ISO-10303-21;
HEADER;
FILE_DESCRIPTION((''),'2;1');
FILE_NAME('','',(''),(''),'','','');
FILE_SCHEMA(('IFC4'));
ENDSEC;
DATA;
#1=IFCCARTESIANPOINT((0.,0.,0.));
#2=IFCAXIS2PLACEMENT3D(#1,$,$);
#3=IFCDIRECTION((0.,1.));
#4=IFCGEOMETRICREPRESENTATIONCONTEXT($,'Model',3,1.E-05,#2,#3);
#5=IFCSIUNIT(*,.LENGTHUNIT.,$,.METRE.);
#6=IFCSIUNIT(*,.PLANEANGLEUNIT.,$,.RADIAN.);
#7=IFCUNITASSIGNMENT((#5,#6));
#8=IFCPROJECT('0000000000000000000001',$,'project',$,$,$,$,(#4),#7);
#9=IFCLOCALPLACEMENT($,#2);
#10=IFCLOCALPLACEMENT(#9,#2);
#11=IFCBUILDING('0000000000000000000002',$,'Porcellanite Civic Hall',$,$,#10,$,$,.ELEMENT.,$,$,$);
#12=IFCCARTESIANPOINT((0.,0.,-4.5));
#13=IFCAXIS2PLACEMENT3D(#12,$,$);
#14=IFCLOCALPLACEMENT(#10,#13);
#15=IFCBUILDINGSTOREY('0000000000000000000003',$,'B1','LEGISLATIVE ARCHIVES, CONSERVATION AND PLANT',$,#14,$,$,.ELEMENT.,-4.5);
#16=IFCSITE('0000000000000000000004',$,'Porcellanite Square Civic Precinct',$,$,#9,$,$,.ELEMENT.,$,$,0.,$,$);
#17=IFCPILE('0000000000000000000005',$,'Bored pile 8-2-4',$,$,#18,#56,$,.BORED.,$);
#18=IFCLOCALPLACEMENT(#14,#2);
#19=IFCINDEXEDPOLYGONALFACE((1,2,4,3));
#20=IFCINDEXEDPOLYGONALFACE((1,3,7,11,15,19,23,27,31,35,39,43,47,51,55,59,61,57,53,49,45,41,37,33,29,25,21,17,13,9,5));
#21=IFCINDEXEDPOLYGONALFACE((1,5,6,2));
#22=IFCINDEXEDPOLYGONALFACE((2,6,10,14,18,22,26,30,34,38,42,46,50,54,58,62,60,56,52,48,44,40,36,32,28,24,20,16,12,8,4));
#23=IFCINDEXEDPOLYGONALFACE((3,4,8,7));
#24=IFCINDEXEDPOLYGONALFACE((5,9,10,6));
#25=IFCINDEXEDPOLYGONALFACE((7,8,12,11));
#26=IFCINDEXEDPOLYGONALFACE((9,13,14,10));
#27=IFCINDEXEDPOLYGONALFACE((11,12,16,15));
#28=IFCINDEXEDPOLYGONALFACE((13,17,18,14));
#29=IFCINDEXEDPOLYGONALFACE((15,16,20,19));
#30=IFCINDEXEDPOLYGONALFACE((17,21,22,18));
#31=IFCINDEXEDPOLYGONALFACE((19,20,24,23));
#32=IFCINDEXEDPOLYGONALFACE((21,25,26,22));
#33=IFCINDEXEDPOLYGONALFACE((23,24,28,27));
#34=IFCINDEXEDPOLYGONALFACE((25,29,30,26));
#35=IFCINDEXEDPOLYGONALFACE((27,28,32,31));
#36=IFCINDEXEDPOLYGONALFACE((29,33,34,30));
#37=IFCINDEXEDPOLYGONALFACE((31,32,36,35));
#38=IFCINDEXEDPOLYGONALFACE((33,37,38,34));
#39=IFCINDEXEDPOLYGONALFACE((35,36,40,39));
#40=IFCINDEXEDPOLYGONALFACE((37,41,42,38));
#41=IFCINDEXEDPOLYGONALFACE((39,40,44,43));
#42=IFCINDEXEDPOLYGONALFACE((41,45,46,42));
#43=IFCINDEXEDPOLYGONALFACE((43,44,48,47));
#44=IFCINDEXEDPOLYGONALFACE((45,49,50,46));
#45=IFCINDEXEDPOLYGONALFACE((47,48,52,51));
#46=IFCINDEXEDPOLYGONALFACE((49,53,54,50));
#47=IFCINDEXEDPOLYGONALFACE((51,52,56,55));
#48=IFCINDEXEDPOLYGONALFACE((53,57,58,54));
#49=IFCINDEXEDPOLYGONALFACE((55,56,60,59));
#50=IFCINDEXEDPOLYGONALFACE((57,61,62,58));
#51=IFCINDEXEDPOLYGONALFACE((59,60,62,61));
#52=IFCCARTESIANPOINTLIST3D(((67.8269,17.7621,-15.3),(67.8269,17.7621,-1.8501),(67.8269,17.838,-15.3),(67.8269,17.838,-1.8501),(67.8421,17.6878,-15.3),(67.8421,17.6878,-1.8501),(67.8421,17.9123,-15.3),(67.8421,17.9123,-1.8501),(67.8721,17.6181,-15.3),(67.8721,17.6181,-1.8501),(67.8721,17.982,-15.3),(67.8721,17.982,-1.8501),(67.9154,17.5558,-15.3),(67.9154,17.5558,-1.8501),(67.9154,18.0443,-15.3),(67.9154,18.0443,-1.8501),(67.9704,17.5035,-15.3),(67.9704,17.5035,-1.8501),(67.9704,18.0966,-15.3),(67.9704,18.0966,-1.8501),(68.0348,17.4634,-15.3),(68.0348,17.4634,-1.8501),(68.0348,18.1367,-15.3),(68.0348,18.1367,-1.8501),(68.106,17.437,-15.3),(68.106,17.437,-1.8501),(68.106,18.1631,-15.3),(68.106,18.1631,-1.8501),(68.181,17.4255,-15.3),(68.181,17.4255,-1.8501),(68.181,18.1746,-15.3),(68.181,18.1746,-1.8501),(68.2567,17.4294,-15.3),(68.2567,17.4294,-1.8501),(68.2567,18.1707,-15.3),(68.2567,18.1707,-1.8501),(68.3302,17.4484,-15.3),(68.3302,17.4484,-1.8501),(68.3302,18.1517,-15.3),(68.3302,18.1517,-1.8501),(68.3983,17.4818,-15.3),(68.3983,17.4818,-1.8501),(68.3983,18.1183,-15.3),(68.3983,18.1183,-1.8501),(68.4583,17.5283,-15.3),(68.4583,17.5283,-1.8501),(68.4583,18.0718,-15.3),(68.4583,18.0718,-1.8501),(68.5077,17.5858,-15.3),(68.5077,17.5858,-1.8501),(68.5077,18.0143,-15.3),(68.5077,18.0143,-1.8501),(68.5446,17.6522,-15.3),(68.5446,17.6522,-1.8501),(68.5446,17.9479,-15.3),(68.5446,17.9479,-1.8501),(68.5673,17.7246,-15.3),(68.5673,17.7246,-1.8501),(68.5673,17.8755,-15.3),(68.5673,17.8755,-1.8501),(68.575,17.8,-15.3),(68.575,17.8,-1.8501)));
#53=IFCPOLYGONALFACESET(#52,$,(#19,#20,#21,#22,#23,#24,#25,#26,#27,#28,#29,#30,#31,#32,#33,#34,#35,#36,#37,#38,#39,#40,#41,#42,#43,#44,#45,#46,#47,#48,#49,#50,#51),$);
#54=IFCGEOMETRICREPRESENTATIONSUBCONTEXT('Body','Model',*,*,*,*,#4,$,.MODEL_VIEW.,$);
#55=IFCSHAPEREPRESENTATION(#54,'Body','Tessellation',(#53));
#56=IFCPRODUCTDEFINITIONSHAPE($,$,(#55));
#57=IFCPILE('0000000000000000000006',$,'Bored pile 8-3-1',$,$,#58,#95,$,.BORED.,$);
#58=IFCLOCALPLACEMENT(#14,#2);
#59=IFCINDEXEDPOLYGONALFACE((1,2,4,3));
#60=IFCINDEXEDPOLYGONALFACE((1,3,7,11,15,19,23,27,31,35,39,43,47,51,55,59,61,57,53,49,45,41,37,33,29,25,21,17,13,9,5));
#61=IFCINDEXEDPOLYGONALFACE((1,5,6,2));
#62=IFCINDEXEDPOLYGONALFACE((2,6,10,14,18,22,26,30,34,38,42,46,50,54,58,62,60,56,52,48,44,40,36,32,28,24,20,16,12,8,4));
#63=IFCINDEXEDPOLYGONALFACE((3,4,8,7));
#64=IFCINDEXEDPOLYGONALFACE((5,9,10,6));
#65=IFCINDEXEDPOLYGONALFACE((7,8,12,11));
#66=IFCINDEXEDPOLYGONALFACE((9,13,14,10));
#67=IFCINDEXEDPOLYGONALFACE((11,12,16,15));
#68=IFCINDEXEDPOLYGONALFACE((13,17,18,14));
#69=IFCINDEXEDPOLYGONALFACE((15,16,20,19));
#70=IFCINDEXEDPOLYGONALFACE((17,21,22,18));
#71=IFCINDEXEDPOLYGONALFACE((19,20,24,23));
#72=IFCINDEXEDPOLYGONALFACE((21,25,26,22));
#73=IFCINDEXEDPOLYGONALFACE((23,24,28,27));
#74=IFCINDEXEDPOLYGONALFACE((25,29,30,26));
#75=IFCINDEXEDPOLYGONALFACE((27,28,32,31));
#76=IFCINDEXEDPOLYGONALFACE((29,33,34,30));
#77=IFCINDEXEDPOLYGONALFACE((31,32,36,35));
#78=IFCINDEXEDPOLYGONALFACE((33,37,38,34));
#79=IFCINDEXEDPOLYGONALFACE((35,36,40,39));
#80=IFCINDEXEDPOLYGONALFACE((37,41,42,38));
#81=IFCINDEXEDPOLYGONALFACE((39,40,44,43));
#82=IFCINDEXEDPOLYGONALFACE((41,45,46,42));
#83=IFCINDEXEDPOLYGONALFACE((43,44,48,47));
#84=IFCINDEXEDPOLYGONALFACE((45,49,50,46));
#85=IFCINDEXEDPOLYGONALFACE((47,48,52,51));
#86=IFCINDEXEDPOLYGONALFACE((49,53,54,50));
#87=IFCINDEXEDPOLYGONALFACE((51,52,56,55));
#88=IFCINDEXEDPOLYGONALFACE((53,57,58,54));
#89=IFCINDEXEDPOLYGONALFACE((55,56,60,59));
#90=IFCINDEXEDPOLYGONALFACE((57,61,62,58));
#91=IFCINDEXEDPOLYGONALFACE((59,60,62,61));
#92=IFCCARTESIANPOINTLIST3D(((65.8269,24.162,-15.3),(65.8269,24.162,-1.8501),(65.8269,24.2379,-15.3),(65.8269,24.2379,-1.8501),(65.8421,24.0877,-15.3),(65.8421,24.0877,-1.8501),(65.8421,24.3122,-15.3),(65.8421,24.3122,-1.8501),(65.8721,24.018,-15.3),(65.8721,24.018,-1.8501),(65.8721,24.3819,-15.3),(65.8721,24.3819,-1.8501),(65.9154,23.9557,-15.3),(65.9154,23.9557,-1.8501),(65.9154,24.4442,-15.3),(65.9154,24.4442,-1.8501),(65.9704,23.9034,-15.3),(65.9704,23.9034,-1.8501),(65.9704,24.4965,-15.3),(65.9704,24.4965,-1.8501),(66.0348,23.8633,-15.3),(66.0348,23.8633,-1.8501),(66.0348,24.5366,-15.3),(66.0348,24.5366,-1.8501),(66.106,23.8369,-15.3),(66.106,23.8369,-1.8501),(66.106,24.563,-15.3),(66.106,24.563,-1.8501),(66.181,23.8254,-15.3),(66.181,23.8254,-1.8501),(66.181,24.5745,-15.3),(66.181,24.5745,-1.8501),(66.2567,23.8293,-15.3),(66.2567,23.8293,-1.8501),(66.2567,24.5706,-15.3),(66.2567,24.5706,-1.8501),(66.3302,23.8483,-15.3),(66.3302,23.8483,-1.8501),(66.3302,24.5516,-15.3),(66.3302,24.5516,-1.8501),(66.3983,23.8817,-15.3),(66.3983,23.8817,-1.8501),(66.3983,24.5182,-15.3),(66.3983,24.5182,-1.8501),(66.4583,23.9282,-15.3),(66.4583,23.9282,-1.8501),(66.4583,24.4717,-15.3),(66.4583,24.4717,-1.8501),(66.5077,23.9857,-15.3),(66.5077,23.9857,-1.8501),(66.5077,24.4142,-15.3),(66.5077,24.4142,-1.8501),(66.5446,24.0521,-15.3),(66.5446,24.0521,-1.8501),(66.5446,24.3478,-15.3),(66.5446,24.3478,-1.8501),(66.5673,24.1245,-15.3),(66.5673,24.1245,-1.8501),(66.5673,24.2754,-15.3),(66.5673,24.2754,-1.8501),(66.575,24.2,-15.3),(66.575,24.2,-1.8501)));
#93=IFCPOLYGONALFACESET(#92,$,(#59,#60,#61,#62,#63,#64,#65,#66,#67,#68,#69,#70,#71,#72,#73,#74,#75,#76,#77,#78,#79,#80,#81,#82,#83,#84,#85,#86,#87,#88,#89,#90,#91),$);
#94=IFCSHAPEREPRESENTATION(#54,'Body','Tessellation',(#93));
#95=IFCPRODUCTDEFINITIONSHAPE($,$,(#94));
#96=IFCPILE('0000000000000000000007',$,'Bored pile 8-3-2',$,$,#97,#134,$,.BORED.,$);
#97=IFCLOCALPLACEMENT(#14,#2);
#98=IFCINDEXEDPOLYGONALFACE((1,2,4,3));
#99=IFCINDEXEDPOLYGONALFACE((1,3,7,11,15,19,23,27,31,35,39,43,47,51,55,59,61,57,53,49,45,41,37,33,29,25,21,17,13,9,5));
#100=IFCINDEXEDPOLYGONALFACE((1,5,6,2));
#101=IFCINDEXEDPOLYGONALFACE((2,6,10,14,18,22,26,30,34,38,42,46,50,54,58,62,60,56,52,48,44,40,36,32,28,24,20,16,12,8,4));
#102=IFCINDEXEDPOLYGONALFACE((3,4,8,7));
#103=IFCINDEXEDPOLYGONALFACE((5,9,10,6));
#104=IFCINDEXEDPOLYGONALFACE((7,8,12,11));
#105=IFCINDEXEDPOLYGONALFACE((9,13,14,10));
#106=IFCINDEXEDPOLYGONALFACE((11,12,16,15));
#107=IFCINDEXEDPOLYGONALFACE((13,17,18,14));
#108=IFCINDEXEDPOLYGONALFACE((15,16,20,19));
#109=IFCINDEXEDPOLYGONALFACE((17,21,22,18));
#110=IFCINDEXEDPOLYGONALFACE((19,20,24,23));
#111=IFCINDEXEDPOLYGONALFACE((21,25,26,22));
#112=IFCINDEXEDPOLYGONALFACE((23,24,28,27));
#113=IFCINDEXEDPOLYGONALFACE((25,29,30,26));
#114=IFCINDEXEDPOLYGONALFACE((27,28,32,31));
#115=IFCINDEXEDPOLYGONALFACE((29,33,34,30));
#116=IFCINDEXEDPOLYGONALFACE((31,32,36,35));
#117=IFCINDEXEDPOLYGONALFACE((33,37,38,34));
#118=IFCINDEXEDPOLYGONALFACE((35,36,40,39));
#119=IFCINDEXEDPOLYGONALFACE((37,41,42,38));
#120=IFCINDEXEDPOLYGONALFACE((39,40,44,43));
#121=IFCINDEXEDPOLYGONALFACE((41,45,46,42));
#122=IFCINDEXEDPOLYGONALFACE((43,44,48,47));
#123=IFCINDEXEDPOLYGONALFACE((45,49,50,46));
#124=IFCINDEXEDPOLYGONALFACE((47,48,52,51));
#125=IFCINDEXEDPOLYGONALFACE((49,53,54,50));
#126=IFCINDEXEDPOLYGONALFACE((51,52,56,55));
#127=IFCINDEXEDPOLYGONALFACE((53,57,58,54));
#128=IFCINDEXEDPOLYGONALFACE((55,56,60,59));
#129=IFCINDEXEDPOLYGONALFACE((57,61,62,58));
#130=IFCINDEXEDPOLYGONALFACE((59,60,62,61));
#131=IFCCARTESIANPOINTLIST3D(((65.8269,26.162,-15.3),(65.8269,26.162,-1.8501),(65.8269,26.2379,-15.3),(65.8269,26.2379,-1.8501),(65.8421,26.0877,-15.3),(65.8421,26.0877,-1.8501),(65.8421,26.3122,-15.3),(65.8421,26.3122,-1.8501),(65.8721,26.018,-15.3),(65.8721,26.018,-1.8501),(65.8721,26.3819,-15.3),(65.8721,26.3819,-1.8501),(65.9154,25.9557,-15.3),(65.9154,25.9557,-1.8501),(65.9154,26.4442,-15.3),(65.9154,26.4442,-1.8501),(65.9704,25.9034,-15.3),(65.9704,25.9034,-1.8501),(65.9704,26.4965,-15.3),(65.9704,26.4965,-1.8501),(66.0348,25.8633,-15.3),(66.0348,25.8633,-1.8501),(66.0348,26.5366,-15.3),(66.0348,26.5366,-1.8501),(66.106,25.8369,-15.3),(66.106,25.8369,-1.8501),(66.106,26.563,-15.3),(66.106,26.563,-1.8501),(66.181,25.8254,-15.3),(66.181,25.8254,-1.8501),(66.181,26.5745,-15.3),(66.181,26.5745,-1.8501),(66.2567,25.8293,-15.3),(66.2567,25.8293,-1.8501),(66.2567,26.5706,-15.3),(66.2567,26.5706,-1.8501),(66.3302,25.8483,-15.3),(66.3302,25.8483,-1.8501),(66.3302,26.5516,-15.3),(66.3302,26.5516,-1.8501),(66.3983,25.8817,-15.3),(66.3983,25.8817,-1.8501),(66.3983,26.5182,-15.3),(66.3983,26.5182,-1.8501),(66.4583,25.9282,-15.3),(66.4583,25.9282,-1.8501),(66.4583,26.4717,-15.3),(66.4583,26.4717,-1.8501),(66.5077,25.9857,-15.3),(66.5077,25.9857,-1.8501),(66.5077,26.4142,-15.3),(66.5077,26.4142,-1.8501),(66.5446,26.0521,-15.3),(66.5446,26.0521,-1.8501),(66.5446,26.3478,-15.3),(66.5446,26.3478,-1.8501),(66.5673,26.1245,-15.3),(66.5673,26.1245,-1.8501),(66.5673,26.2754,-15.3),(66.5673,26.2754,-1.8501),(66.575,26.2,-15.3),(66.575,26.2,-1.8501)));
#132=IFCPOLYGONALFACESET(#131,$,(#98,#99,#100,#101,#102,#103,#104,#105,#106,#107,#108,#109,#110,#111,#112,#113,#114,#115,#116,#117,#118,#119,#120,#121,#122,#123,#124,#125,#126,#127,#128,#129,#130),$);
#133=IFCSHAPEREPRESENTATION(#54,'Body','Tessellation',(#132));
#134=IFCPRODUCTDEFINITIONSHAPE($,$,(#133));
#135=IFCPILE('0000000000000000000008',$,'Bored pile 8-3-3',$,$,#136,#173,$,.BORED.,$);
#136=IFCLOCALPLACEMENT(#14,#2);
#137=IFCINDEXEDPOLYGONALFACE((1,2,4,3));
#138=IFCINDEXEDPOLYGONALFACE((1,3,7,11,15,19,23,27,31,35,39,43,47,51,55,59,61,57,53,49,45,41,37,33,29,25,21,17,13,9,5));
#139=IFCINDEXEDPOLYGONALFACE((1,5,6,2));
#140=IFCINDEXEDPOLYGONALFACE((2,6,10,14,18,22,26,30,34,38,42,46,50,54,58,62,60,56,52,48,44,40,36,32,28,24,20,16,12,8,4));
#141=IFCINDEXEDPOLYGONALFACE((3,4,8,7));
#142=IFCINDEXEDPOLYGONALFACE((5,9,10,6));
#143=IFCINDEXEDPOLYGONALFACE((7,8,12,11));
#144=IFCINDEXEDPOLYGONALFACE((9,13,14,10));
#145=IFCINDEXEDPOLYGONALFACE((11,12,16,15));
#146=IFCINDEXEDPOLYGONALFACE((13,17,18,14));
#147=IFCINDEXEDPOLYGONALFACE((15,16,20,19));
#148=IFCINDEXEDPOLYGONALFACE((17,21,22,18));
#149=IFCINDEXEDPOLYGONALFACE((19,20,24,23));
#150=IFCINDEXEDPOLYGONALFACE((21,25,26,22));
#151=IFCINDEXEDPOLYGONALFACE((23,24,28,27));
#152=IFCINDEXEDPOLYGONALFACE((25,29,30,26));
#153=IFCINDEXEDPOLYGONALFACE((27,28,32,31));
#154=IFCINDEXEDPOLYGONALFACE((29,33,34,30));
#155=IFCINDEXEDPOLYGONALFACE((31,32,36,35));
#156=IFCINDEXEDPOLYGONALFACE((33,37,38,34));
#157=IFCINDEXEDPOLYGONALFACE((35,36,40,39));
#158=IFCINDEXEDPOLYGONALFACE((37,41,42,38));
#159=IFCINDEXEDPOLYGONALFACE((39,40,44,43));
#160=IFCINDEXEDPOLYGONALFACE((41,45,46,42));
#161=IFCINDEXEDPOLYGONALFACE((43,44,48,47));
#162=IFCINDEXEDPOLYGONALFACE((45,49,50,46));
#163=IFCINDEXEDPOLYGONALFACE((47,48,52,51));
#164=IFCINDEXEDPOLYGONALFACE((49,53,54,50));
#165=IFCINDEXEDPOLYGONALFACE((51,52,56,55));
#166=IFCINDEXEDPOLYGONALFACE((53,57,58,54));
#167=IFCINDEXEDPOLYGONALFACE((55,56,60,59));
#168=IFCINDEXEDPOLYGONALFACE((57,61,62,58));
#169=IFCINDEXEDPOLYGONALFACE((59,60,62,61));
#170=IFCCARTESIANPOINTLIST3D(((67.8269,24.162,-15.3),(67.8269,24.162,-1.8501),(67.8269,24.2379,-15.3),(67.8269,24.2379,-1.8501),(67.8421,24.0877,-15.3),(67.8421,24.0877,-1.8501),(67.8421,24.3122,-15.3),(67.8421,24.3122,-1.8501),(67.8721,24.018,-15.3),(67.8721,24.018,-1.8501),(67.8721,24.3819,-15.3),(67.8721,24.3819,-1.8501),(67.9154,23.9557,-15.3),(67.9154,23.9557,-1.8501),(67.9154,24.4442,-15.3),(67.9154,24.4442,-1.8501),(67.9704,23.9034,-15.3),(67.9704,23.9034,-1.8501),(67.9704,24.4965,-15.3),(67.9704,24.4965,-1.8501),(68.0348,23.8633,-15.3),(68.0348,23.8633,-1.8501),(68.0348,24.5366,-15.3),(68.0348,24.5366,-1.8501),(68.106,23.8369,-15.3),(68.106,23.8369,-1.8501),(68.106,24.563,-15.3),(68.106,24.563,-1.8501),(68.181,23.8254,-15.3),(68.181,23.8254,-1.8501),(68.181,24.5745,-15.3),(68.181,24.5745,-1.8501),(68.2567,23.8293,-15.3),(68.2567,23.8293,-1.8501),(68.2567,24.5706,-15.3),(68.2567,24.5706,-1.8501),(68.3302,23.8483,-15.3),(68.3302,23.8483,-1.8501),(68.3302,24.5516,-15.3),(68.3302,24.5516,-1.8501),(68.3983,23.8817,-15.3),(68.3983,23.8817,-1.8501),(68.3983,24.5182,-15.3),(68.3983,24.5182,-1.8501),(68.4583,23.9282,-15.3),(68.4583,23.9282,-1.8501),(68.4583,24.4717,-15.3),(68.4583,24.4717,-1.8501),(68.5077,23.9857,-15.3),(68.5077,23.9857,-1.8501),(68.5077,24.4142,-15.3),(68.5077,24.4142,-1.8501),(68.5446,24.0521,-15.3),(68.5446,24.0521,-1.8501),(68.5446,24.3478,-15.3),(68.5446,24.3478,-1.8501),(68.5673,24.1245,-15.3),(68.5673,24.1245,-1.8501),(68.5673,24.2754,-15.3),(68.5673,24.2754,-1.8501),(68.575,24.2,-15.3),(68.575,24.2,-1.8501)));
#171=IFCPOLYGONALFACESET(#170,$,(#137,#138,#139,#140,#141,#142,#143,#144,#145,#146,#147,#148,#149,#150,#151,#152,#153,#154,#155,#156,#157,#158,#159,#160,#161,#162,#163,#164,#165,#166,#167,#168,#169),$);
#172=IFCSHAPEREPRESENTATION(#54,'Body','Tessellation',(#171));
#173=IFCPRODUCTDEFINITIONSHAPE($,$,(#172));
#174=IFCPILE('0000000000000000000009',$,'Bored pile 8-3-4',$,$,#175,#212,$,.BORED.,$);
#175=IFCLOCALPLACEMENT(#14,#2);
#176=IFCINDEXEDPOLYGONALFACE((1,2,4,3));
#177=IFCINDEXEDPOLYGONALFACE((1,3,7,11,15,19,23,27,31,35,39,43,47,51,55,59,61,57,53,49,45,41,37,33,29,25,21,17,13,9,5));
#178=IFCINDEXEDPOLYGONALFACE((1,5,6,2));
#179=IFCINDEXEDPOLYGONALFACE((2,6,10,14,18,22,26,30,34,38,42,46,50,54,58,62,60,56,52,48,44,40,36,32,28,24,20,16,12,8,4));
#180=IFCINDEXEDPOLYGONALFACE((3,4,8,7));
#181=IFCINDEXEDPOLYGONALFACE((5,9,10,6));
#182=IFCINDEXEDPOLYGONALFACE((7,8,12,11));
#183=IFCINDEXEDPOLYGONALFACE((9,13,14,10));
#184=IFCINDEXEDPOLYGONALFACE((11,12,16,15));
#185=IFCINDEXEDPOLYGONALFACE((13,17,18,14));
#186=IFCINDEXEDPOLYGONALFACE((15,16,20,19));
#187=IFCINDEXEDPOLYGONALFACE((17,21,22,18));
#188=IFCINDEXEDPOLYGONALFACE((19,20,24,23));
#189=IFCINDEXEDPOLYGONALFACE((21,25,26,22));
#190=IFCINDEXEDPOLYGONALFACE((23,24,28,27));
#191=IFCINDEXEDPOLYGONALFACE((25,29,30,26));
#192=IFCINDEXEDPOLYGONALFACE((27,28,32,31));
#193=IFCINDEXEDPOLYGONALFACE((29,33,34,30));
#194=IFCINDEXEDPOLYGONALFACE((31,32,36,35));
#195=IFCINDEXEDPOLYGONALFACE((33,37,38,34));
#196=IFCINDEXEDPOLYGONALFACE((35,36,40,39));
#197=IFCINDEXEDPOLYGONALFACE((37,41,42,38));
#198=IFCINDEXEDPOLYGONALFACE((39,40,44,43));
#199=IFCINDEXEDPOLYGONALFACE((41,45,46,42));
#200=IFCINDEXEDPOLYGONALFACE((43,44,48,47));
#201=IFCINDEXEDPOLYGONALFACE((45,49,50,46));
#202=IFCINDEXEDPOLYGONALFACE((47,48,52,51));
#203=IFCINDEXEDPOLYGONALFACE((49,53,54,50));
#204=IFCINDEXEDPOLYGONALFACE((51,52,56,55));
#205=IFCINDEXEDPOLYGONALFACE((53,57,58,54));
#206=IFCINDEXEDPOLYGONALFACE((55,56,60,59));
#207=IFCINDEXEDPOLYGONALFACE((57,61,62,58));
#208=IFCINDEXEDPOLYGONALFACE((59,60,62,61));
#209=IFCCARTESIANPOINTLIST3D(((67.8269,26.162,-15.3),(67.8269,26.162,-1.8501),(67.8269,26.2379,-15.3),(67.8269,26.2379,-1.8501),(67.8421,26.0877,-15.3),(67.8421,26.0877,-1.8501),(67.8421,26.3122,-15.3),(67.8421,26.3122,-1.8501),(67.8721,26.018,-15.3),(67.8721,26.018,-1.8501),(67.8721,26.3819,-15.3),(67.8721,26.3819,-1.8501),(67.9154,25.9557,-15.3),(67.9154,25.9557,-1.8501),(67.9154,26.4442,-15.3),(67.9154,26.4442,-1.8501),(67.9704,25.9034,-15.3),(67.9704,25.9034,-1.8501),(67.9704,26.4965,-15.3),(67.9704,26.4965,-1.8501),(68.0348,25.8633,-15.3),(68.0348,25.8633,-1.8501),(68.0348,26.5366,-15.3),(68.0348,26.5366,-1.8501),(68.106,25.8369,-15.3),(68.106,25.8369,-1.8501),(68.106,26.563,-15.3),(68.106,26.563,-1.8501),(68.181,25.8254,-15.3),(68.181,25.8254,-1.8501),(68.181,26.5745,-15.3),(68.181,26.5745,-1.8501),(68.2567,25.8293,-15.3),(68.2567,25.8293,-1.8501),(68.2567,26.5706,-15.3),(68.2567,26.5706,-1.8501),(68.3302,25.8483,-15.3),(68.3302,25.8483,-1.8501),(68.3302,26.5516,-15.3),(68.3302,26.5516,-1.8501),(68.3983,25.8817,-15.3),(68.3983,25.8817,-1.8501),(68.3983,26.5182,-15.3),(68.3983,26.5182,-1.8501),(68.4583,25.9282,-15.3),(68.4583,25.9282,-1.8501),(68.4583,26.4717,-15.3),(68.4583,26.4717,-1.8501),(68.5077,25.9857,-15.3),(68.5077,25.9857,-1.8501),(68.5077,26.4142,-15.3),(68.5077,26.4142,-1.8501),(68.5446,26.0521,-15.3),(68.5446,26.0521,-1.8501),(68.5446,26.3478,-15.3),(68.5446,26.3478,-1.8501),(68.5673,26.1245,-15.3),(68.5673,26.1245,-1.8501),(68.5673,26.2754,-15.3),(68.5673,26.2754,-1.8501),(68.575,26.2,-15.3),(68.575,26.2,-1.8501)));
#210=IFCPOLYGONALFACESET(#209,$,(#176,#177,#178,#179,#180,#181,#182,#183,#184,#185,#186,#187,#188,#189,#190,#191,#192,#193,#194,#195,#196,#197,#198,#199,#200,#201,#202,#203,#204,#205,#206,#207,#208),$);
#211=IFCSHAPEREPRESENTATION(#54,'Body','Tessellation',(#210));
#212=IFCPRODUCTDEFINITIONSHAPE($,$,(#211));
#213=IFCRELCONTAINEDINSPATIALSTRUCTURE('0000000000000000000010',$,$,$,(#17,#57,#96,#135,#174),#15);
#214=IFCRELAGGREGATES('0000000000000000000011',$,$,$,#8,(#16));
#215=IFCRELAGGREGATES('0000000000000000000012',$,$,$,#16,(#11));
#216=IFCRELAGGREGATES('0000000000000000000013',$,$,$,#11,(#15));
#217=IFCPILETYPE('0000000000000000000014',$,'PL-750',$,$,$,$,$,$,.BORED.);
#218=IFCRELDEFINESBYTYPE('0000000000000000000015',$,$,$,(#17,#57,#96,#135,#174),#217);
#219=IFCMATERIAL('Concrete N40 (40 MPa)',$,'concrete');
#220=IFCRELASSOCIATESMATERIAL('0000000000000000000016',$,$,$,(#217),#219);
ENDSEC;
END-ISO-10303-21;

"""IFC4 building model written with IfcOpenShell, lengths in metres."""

from ifc_helpers import new_model, si_unit, direction, frame, origin, origin_2d, place, context, subcontext, project, spatial, circle, extrude, material, material_profile, profile_set, type_object, element, save


model = new_model("IFC4")

# Units and contexts
model_context = context("Model", 3, precision=1e-05, world=origin(), true_north=direction((0.0, 1.0)))
body_context = subcontext(model_context, "Body", "Model", "MODEL_VIEW")
ifc_project = project(units=[si_unit("LENGTHUNIT", "METRE"), si_unit("PLANEANGLEUNIT", "RADIAN")], contexts=[model_context])

# Site, building, storey
site_placement = place(None, origin())
site = spatial("IfcSite", under=ifc_project, at=site_placement, Name="Porcellanite Square Civic Precinct", CompositionType="ELEMENT", RefElevation=0.0)
building_placement = place(site_placement, origin())
building = spatial("IfcBuilding", under=site, at=building_placement, Name="Porcellanite Civic Hall", CompositionType="ELEMENT")
storey_placement = place(building_placement, frame((0.0, 0.0, -4.5)))
storey = spatial("IfcBuildingStorey", under=building, at=storey_placement, Name="B1", Description="LEGISLATIVE ARCHIVES, CONSERVATION AND PLANT", CompositionType="ELEMENT", Elevation=-4.5)

# Piles
ifc_material_1 = material(Name="Concrete N40 (40 MPa)", Category="concrete")
ifc_material_profile_1 = material_profile(ifc_material_1, circle(Radius=0.375, at=origin_2d()), Name="PILE-D750")
ifc_profile_set_1 = profile_set([ifc_material_profile_1], Name="Concrete N40 (40 MPa)")
pile_type_1 = type_object("IfcPileType", Name="PL-750", PredefinedType="BORED", material=ifc_profile_set_1)
for number, where, z_axis, x_axis, name in (
    (1, (68.2, 17.8, -1.8501), (0.0, 0.0, -1.0), (1.0, 0.0, 0.0), "Bored pile 8-2-4"),
    (2, (66.2, 24.2, -1.8501), (0.0, 0.0, -1.0), (1.0, 0.0, 0.0), "Bored pile 8-3-1"),
    (3, (66.2, 26.2, -1.8501), (0.0, 0.0, -1.0), (1.0, 0.0, 0.0), "Bored pile 8-3-2"),
    (4, (68.2, 24.2, -1.8501), (0.0, 0.0, -1.0), (1.0, 0.0, 0.0), "Bored pile 8-3-3"),
    (5, (68.2, 26.2, -1.8501), (0.0, 0.0, -1.0), (1.0, 0.0, 0.0), "Bored pile 8-3-4"),
):
    element("IfcPile", number, at=place(storey_placement, frame(where, z_axis=z_axis, x_axis=x_axis)), inside=storey, type_object=pile_type_1, Name=name, PredefinedType="BORED", context=body_context, shape_type="SweptSolid", body=[
        extrude(circle(Radius=0.375, at=origin_2d()), origin(), (0.0, 0.0, 1.0), 13.45),
    ])

save(model, "model.ifc")
